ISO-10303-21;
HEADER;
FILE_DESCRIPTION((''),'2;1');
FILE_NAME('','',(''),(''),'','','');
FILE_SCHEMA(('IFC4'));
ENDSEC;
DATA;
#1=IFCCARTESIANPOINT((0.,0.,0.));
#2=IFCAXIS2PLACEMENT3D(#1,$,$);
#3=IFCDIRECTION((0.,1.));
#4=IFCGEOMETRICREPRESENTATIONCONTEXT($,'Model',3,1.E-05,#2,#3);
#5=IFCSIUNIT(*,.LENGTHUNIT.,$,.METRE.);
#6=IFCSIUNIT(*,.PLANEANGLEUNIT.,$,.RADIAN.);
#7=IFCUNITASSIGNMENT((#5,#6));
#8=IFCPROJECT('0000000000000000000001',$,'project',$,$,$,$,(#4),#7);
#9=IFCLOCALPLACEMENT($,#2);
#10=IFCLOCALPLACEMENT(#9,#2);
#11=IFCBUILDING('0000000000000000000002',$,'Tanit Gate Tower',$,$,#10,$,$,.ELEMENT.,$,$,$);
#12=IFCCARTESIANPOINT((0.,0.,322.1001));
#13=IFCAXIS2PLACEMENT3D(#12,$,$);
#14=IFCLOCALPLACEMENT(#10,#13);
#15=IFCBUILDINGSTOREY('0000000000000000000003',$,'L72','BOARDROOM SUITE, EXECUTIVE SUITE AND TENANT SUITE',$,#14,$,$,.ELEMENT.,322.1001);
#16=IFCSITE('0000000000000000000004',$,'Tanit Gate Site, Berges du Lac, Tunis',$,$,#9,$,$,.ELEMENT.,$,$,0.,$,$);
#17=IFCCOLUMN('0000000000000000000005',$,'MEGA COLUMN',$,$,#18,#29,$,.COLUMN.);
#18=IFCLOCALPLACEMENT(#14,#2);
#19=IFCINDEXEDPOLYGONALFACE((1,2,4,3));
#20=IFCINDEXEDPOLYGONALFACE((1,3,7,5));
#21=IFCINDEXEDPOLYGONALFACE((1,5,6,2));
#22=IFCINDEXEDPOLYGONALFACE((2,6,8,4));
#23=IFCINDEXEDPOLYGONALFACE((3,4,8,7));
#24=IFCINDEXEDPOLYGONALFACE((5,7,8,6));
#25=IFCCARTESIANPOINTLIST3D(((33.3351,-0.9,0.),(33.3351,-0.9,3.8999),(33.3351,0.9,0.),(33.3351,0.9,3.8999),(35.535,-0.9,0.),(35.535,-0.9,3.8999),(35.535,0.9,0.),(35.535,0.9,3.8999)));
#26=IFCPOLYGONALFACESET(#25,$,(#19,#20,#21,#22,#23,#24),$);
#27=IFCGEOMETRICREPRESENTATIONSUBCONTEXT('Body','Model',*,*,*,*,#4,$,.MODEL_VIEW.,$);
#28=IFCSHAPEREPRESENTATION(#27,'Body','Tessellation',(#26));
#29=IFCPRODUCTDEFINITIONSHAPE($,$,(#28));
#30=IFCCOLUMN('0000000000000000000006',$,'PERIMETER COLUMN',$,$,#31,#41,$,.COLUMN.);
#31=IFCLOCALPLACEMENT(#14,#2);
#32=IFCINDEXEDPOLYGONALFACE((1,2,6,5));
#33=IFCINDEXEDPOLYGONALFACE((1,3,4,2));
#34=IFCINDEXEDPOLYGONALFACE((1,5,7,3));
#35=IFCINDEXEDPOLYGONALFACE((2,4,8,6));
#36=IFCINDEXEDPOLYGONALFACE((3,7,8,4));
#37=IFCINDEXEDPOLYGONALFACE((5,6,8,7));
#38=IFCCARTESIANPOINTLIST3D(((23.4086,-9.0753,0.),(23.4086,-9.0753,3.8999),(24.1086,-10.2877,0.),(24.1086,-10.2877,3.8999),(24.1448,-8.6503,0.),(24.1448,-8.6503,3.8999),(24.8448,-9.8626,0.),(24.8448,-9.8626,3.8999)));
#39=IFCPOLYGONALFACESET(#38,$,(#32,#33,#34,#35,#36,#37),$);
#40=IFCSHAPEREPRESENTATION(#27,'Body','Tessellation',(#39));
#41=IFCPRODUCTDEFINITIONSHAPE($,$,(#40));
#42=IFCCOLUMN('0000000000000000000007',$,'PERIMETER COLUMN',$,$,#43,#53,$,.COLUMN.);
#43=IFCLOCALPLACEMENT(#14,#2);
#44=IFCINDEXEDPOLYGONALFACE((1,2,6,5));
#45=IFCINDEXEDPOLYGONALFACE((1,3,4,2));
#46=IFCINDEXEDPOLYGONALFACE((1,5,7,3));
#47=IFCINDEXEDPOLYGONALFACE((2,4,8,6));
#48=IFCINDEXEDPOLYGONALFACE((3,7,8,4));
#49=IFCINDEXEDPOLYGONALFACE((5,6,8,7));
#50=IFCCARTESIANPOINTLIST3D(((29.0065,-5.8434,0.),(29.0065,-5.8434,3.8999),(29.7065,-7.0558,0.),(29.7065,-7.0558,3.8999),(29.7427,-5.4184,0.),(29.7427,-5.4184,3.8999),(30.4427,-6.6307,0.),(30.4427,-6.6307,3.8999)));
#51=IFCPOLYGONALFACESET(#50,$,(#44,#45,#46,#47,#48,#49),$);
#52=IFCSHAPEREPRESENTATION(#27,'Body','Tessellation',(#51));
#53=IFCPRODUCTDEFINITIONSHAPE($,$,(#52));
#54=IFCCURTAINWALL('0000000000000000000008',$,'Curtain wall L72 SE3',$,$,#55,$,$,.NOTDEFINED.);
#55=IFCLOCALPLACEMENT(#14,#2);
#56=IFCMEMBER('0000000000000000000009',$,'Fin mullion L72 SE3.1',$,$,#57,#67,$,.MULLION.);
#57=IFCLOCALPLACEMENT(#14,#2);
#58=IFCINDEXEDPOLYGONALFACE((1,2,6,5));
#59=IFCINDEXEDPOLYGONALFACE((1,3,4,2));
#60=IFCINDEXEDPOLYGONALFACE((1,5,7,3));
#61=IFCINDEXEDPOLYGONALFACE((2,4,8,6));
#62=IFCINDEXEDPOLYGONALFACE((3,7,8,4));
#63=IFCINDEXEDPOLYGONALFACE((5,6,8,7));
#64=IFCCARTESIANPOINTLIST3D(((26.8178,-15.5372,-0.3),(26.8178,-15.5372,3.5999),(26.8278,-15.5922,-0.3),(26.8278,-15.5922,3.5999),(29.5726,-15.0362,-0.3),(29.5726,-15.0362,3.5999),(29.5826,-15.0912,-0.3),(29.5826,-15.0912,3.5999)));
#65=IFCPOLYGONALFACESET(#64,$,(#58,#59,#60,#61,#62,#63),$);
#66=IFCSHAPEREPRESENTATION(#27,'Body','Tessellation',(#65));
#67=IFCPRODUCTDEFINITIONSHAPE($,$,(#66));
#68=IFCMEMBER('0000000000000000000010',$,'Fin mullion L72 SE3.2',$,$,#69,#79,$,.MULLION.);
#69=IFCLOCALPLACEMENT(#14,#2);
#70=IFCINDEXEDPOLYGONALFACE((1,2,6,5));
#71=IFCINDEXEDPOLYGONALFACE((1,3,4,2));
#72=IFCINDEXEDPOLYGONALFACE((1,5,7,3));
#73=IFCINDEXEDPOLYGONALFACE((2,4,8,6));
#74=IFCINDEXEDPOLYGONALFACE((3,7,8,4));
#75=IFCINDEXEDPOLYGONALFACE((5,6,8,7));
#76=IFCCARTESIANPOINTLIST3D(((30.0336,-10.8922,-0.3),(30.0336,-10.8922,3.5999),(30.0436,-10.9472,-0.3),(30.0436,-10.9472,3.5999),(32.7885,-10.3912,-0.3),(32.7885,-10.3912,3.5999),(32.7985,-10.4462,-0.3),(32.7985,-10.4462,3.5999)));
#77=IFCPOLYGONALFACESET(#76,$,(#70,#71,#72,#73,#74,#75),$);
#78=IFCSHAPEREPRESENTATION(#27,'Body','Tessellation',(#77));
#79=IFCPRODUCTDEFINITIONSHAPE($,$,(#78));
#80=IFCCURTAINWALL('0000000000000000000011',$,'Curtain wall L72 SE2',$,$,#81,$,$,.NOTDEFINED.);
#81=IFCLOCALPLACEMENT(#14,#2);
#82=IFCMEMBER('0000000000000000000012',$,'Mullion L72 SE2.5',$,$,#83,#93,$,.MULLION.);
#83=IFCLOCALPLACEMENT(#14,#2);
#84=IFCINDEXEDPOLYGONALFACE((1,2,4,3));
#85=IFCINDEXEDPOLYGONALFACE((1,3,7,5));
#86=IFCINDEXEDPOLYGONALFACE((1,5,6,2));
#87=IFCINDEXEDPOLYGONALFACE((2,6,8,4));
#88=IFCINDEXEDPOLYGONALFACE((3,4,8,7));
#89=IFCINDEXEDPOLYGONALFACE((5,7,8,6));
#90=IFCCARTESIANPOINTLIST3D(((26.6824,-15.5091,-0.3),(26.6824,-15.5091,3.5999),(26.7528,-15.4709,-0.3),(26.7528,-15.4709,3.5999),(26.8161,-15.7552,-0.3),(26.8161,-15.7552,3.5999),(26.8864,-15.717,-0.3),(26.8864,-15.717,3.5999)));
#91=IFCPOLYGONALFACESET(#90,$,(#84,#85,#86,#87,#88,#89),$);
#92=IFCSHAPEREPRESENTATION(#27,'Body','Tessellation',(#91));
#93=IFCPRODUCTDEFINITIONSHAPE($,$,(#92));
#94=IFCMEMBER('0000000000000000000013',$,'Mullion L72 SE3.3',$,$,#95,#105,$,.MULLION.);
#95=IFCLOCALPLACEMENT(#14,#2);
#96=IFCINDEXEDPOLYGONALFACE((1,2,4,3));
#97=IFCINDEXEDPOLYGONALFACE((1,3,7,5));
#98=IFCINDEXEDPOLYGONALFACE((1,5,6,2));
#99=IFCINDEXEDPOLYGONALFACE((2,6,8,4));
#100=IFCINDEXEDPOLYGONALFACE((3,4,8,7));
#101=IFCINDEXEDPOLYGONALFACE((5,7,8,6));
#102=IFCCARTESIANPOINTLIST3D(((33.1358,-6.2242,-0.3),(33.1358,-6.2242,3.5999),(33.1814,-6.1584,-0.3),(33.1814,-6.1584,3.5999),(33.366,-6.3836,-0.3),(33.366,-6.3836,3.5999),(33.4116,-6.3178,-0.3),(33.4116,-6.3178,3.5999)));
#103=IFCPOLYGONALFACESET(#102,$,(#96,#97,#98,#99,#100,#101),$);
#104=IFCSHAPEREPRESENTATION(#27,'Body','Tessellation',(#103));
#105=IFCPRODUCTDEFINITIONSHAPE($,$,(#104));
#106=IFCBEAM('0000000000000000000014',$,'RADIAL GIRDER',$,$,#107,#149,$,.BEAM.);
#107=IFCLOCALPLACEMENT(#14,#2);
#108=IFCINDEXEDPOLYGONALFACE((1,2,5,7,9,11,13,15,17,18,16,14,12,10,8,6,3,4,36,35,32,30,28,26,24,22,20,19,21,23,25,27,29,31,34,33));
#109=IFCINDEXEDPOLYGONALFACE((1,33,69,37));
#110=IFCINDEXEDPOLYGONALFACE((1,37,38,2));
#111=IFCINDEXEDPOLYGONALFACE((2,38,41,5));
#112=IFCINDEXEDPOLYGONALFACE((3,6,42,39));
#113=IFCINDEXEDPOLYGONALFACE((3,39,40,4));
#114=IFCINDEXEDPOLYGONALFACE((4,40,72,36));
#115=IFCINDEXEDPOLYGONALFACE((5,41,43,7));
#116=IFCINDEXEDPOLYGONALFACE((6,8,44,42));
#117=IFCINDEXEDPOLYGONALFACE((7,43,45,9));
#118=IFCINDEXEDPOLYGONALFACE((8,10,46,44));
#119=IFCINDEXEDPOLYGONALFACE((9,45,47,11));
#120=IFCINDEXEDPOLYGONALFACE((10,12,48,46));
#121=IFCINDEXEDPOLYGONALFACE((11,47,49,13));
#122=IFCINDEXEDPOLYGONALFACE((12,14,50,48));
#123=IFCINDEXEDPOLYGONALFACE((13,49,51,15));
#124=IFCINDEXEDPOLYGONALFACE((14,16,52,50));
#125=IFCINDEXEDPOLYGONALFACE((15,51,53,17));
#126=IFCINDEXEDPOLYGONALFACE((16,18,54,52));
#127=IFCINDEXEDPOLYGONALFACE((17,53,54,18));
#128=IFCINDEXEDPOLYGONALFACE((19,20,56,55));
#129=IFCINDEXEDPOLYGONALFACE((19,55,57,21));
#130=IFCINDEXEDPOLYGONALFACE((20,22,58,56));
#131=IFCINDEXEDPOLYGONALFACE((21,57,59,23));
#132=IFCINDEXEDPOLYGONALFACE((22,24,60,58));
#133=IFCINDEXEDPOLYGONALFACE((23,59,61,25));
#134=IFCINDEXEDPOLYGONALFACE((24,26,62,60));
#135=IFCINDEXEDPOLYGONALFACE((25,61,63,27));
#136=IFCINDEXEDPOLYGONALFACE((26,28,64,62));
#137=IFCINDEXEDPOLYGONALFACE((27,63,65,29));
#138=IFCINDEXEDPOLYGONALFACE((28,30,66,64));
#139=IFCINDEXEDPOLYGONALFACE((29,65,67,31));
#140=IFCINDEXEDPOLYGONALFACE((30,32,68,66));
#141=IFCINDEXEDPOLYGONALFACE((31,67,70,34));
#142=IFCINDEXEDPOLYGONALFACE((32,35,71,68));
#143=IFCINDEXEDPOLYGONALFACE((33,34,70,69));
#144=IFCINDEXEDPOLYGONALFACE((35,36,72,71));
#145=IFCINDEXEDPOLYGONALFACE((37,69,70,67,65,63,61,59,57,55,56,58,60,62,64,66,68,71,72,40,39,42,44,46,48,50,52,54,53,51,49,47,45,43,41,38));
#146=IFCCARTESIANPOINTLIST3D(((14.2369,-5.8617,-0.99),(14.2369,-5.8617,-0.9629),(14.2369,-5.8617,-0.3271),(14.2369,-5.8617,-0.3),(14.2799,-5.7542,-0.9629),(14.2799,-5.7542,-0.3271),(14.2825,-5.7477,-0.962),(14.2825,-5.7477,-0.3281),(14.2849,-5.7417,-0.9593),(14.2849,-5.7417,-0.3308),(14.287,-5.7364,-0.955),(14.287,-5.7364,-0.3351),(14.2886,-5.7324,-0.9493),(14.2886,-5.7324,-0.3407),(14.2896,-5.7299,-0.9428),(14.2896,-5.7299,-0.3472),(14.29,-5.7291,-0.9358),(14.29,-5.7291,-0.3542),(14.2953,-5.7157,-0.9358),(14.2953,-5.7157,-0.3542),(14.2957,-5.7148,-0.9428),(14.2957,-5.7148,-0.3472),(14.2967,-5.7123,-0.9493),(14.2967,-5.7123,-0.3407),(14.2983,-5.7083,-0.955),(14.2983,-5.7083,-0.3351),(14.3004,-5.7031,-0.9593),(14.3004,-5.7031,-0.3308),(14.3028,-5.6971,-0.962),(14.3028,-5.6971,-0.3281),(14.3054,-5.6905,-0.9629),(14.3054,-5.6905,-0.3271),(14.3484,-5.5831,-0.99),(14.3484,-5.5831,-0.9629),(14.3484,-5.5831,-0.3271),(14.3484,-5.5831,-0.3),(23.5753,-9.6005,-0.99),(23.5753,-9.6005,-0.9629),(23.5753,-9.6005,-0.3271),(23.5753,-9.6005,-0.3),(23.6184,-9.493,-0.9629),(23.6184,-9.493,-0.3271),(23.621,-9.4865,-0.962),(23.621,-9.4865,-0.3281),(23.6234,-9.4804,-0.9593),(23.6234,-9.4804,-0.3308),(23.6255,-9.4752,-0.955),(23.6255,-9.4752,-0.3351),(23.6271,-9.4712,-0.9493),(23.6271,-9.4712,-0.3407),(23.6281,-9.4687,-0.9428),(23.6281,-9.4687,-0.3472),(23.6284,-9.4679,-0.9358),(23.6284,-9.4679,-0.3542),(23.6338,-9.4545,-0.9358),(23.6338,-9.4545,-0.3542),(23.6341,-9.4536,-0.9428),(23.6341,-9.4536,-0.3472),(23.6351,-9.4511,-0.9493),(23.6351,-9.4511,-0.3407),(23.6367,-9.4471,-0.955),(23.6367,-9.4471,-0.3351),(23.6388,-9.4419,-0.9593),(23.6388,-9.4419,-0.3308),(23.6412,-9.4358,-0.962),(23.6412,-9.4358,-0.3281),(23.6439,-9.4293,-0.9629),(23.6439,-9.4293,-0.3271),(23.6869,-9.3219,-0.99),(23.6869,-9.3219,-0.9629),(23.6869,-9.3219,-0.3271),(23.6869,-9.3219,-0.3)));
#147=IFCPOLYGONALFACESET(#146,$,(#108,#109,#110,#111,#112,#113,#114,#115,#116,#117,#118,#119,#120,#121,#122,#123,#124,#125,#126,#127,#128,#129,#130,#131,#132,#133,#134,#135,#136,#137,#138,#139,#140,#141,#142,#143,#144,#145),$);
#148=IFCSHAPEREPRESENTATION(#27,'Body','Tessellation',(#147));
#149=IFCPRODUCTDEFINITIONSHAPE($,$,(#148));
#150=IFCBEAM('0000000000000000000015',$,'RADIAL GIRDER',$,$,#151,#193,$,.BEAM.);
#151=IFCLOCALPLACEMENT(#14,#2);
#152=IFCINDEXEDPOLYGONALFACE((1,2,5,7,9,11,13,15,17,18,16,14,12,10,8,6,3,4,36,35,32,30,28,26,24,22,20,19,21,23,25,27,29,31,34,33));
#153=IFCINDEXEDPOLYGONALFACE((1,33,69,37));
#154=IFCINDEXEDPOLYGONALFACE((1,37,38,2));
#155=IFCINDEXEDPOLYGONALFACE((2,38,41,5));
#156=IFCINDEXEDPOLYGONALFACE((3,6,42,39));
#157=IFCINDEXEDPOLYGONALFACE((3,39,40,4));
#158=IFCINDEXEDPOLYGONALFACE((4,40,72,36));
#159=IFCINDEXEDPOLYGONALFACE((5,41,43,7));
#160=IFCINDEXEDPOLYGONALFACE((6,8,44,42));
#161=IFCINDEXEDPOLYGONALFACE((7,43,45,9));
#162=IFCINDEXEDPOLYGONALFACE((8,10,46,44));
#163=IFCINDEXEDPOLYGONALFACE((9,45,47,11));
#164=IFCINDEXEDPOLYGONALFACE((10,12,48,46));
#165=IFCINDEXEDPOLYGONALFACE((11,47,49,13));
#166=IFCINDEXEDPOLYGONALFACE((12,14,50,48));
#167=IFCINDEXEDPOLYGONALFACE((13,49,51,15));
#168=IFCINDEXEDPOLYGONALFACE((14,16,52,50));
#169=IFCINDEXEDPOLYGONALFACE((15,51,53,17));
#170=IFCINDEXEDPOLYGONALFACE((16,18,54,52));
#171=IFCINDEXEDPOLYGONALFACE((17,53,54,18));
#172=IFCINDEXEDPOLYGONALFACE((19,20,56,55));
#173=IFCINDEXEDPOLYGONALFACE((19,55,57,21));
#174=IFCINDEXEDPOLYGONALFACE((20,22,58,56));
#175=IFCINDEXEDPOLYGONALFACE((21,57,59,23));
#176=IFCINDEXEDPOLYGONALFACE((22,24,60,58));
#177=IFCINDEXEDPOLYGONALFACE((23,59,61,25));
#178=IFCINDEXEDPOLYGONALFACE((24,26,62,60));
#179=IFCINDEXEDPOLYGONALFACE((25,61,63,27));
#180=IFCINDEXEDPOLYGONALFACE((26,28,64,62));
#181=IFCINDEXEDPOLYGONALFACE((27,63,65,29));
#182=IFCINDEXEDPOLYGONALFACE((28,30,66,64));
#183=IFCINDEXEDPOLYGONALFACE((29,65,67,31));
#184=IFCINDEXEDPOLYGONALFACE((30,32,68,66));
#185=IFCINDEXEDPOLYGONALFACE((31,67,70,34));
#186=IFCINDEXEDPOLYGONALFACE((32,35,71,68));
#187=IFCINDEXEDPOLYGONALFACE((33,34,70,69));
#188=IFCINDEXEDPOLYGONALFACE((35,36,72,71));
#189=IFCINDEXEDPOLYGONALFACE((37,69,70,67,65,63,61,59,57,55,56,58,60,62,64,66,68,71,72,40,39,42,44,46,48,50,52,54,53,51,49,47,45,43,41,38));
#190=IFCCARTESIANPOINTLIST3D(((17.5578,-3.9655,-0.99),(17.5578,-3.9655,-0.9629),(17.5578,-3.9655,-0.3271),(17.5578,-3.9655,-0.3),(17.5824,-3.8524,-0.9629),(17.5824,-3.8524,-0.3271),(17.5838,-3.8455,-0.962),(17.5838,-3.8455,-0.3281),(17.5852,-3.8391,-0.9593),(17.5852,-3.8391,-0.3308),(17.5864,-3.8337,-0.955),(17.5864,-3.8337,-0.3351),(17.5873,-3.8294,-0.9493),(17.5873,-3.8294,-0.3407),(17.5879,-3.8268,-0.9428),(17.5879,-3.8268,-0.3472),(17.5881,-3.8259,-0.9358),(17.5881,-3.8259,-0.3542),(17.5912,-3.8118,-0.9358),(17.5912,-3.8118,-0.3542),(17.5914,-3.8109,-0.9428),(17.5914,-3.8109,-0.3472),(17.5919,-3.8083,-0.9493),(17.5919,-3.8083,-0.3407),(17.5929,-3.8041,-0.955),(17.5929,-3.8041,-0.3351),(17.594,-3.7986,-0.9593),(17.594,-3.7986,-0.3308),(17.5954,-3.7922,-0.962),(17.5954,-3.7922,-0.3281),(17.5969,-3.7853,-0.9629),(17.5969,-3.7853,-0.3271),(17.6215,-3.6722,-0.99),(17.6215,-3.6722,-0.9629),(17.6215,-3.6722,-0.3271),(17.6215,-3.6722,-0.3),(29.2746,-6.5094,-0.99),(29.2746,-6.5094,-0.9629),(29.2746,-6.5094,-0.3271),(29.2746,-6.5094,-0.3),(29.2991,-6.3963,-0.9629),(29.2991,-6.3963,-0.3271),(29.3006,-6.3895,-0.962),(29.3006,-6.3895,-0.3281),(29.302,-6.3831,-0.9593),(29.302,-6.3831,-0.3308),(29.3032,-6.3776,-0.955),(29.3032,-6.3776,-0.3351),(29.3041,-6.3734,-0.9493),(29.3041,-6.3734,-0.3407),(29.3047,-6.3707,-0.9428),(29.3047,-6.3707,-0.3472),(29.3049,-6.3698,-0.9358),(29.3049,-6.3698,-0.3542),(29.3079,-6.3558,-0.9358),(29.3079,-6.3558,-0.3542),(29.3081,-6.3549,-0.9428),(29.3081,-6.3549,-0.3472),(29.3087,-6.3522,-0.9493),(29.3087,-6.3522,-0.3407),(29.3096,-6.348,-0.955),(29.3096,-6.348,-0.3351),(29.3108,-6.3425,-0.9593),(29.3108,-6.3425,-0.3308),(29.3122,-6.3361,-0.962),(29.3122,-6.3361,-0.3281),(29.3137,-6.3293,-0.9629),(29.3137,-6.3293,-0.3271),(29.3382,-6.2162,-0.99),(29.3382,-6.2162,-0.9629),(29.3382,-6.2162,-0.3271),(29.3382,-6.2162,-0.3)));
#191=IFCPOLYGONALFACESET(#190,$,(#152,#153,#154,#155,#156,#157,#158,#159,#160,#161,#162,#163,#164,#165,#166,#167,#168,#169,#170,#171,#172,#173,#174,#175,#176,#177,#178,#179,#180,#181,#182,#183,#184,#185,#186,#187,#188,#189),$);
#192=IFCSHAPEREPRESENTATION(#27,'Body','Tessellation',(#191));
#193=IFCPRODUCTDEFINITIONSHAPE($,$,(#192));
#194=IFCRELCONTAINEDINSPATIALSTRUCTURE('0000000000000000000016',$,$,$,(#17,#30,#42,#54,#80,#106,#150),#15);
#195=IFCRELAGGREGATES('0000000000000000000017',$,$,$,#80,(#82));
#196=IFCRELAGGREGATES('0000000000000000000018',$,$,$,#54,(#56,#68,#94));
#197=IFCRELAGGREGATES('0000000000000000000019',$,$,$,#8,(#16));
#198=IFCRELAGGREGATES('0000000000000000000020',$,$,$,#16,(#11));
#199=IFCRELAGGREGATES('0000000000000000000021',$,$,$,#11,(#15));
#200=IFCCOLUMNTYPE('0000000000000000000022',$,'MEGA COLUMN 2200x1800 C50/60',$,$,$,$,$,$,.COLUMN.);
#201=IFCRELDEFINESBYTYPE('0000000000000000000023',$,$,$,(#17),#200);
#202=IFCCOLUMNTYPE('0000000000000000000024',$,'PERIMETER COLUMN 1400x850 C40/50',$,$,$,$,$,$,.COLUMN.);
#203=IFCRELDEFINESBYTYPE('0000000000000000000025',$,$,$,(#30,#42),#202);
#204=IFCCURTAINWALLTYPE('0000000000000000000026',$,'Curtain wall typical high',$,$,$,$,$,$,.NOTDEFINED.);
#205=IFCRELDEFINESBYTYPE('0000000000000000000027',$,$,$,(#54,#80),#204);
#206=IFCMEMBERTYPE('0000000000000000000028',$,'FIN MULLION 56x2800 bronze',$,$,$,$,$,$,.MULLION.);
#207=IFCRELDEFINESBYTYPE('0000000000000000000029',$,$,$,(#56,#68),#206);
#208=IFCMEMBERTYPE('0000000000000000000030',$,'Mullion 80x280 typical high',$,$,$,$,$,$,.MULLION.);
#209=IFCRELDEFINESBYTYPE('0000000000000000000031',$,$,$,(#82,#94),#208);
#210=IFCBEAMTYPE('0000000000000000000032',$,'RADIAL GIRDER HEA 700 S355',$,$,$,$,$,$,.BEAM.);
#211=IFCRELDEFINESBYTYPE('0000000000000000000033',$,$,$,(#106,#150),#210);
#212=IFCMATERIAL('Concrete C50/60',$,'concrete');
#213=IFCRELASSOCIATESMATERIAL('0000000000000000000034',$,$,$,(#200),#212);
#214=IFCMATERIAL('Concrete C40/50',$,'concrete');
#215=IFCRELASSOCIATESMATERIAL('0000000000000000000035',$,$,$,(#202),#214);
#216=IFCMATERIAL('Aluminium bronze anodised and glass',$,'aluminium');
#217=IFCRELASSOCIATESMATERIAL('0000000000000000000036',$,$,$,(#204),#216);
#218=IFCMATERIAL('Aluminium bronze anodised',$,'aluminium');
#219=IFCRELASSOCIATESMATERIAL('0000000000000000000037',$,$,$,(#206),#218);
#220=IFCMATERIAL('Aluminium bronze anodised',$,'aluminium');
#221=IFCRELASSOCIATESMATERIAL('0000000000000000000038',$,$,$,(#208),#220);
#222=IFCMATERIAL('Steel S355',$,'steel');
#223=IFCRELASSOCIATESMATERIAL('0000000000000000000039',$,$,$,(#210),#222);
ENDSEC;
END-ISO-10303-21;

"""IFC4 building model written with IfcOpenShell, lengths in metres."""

from ifc_helpers import new_model, si_unit, direction, frame, origin, origin_2d, place, context, subcontext, project, spatial, rectangle, i_section, extrude, material, material_profile, profile_set, type_object, element, aggregate, save


model = new_model("IFC4")

# Units and contexts
model_context = context("Model", 3, precision=1e-05, world=origin(), true_north=direction((0.0, 1.0)))
body_context = subcontext(model_context, "Body", "Model", "MODEL_VIEW")
ifc_project = project(units=[si_unit("LENGTHUNIT", "METRE"), si_unit("PLANEANGLEUNIT", "RADIAN")], contexts=[model_context])

# Site, building, storey
site_placement = place(None, origin())
site = spatial("IfcSite", under=ifc_project, at=site_placement, Name="Tanit Gate Site, Berges du Lac, Tunis", CompositionType="ELEMENT", RefElevation=0.0)
building_placement = place(site_placement, origin())
building = spatial("IfcBuilding", under=site, at=building_placement, Name="Tanit Gate Tower", CompositionType="ELEMENT")
storey_placement = place(building_placement, frame((0.0, 0.0, 322.1001)))
storey = spatial("IfcBuildingStorey", under=building, at=storey_placement, Name="L72", Description="BOARDROOM SUITE, EXECUTIVE SUITE AND TENANT SUITE", CompositionType="ELEMENT", Elevation=322.1001)

# Columns
ifc_material_1 = material(Name="Concrete C50/60", Category="concrete")
ifc_material_profile_1 = material_profile(ifc_material_1, rectangle(XDim=2.2, YDim=1.8, at=origin_2d()), Name="RC 2200x1800")
ifc_profile_set_1 = profile_set([ifc_material_profile_1], Name="Concrete C50/60")
column_type_1 = type_object("IfcColumnType", Name="MEGA COLUMN 2200x1800 C50/60", PredefinedType="COLUMN", material=ifc_profile_set_1)
column_placement = place(storey_placement, frame((34.4351, 0.0, 0.0), z_axis=(0.0, 0.0, 1.0), x_axis=(1.0, 0.0, 0.0)))
element("IfcColumn", 1, at=column_placement, inside=storey, type_object=column_type_1, Name="MEGA COLUMN", PredefinedType="COLUMN", context=body_context, shape_type="SweptSolid", body=[
    extrude(rectangle(XDim=2.2, YDim=1.8, at=origin_2d()), origin(), (0.0, 0.0, 1.0), 3.8999),
])
ifc_material_2 = material(Name="Concrete C40/50", Category="concrete")
ifc_material_profile_2 = material_profile(ifc_material_2, rectangle(XDim=1.3999, YDim=0.8501, at=origin_2d()), Name="RC 1400x850")
ifc_profile_set_2 = profile_set([ifc_material_profile_2], Name="Concrete C40/50")
column_type_2 = type_object("IfcColumnType", Name="PERIMETER COLUMN 1400x850 C40/50", PredefinedType="COLUMN", material=ifc_profile_set_2)
for number, where, z_axis, x_axis, name in (
    (2, (24.1267, -9.469, 0.0), (0.0, 0.0, 1.0), (0.5, -0.866025, 0.0), "PERIMETER COLUMN"),
    (3, (29.7246, -6.2371, 0.0), (0.0, 0.0, 1.0), (0.5, -0.866025, 0.0), "PERIMETER COLUMN"),
):
    element("IfcColumn", number, at=place(storey_placement, frame(where, z_axis=z_axis, x_axis=x_axis)), inside=storey, type_object=column_type_2, Name=name, PredefinedType="COLUMN", context=body_context, shape_type="SweptSolid", body=[
        extrude(rectangle(XDim=1.3999, YDim=0.8501, at=origin_2d()), origin(), (0.0, 0.0, 1.0), 3.8999),
    ])

# Curtain wall, members
ifc_material_3 = material(Name="Aluminium bronze anodised and glass", Category="aluminium")
curtain_wall_type = type_object("IfcCurtainWallType", Name="Curtain wall typical high", PredefinedType="NOTDEFINED", material=ifc_material_3)
curtain_wall_1_placement = place(storey_placement, origin())
curtain_wall_1 = element("IfcCurtainWall", 4, at=curtain_wall_1_placement, inside=storey, type_object=curtain_wall_type, Name="Curtain wall L72 SE3", PredefinedType="NOTDEFINED")
ifc_material_4 = material(Name="Aluminium bronze anodised", Category="aluminium")
ifc_material_profile_3 = material_profile(ifc_material_4, rectangle(XDim=2.8, YDim=0.0559, at=origin_2d()), Name="56x2800 bronze fin mullion")
ifc_profile_set_3 = profile_set([ifc_material_profile_3], Name="Aluminium bronze anodised")
member_type_1 = type_object("IfcMemberType", Name="FIN MULLION 56x2800 bronze", PredefinedType="MULLION", material=ifc_profile_set_3)
member_1_placement = place(storey_placement, frame((28.2002, -15.3142, -0.3), z_axis=(0.0, 0.0, 1.0), x_axis=(-0.983866, -0.178909, 0.0)))
member_1 = element("IfcMember", 5, at=member_1_placement, type_object=member_type_1, Name="Fin mullion L72 SE3.1", PredefinedType="MULLION", context=body_context, shape_type="SweptSolid", body=[
    extrude(rectangle(XDim=2.8, YDim=0.0559, at=origin_2d()), origin(), (0.0, 0.0, 1.0), 3.8999),
])
member_2_placement = place(storey_placement, frame((31.416, -10.6692, -0.3), z_axis=(0.0, 0.0, 1.0), x_axis=(-0.983866, -0.178909, 0.0)))
member_2 = element("IfcMember", 6, at=member_2_placement, type_object=member_type_1, Name="Fin mullion L72 SE3.2", PredefinedType="MULLION", context=body_context, shape_type="SweptSolid", body=[
    extrude(rectangle(XDim=2.8, YDim=0.0559, at=origin_2d()), origin(), (0.0, 0.0, 1.0), 3.8999),
])

# Curtain wall, member
curtain_wall_2_placement = place(storey_placement, origin())
curtain_wall_2 = element("IfcCurtainWall", 7, at=curtain_wall_2_placement, inside=storey, type_object=curtain_wall_type, Name="Curtain wall L72 SE2", PredefinedType="NOTDEFINED")
ifc_material_5 = material(Name="Aluminium bronze anodised", Category="aluminium")
ifc_material_profile_4 = material_profile(ifc_material_5, rectangle(XDim=0.28, YDim=0.0801, at=origin_2d()), Name="80x280 bronze mullion")
ifc_profile_set_4 = profile_set([ifc_material_profile_4], Name="Aluminium bronze anodised")
member_type_2 = type_object("IfcMemberType", Name="Mullion 80x280 typical high", PredefinedType="MULLION", material=ifc_profile_set_4)
member_3_placement = place(storey_placement, frame((26.7844, -15.613, -0.3), z_axis=(0.0, 0.0, 1.0), x_axis=(-0.477259, 0.878762, 0.0)))
member_3 = element("IfcMember", 8, at=member_3_placement, type_object=member_type_2, Name="Mullion L72 SE2.5", PredefinedType="MULLION", context=body_context, shape_type="SweptSolid", body=[
    extrude(rectangle(XDim=0.28, YDim=0.0801, at=origin_2d()), origin(), (0.0, 0.0, 1.0), 3.8999),
])

# Member
member_4_placement = place(storey_placement, frame((33.2737, -6.271, -0.3), z_axis=(0.0, 0.0, 1.0), x_axis=(-0.822206, 0.56919, 0.0)))
member_4 = element("IfcMember", 9, at=member_4_placement, type_object=member_type_2, Name="Mullion L72 SE3.3", PredefinedType="MULLION", context=body_context, shape_type="SweptSolid", body=[
    extrude(rectangle(XDim=0.28, YDim=0.0801, at=origin_2d()), origin(), (0.0, 0.0, 1.0), 3.8999),
])

# Beams
ifc_material_6 = material(Name="Steel S355", Category="steel")
ifc_material_profile_5 = material_profile(ifc_material_6, i_section(OverallWidth=0.3, OverallDepth=0.6899, WebThickness=0.0144, FlangeThickness=0.0271, FilletRadius=0.0271, at=origin_2d()), Name="HEA 700")
ifc_profile_set_5 = profile_set([ifc_material_profile_5], Name="Steel S355")
beam_type_1 = type_object("IfcBeamType", Name="RADIAL GIRDER HEA 700 S355", PredefinedType="BEAM", material=ifc_profile_set_5)
beam_1_placement = place(storey_placement, frame((23.6311, -9.4612, -0.645), z_axis=(-0.928359, 0.371684, 0.0), x_axis=(-0.371684, -0.928359, 0.0)))
element("IfcBeam", 10, at=beam_1_placement, inside=storey, type_object=beam_type_1, Name="RADIAL GIRDER", PredefinedType="BEAM", context=body_context, shape_type="SweptSolid", body=[
    extrude(i_section(OverallWidth=0.3, OverallDepth=0.6899, WebThickness=0.0144, FlangeThickness=0.0271, FilletRadius=0.0271, at=origin_2d()), origin(), (0.0, 0.0, 1.0), 10.0591),
])
beam_2_placement = place(storey_placement, frame((29.3064, -6.3628, -0.645), z_axis=(-0.977231, 0.212176, 0.0), x_axis=(-0.212176, -0.977231, 0.0)))
element("IfcBeam", 11, at=beam_2_placement, inside=storey, type_object=beam_type_1, Name="RADIAL GIRDER", PredefinedType="BEAM", context=body_context, shape_type="SweptSolid", body=[
    extrude(i_section(OverallWidth=0.3, OverallDepth=0.6899, WebThickness=0.0144, FlangeThickness=0.0271, FilletRadius=0.0271, at=origin_2d()), origin(), (0.0, 0.0, 1.0), 11.9897),
])

aggregate(curtain_wall_2, [member_3])
aggregate(curtain_wall_1, [member_1, member_2, member_4])

save(model, "model.ifc")
